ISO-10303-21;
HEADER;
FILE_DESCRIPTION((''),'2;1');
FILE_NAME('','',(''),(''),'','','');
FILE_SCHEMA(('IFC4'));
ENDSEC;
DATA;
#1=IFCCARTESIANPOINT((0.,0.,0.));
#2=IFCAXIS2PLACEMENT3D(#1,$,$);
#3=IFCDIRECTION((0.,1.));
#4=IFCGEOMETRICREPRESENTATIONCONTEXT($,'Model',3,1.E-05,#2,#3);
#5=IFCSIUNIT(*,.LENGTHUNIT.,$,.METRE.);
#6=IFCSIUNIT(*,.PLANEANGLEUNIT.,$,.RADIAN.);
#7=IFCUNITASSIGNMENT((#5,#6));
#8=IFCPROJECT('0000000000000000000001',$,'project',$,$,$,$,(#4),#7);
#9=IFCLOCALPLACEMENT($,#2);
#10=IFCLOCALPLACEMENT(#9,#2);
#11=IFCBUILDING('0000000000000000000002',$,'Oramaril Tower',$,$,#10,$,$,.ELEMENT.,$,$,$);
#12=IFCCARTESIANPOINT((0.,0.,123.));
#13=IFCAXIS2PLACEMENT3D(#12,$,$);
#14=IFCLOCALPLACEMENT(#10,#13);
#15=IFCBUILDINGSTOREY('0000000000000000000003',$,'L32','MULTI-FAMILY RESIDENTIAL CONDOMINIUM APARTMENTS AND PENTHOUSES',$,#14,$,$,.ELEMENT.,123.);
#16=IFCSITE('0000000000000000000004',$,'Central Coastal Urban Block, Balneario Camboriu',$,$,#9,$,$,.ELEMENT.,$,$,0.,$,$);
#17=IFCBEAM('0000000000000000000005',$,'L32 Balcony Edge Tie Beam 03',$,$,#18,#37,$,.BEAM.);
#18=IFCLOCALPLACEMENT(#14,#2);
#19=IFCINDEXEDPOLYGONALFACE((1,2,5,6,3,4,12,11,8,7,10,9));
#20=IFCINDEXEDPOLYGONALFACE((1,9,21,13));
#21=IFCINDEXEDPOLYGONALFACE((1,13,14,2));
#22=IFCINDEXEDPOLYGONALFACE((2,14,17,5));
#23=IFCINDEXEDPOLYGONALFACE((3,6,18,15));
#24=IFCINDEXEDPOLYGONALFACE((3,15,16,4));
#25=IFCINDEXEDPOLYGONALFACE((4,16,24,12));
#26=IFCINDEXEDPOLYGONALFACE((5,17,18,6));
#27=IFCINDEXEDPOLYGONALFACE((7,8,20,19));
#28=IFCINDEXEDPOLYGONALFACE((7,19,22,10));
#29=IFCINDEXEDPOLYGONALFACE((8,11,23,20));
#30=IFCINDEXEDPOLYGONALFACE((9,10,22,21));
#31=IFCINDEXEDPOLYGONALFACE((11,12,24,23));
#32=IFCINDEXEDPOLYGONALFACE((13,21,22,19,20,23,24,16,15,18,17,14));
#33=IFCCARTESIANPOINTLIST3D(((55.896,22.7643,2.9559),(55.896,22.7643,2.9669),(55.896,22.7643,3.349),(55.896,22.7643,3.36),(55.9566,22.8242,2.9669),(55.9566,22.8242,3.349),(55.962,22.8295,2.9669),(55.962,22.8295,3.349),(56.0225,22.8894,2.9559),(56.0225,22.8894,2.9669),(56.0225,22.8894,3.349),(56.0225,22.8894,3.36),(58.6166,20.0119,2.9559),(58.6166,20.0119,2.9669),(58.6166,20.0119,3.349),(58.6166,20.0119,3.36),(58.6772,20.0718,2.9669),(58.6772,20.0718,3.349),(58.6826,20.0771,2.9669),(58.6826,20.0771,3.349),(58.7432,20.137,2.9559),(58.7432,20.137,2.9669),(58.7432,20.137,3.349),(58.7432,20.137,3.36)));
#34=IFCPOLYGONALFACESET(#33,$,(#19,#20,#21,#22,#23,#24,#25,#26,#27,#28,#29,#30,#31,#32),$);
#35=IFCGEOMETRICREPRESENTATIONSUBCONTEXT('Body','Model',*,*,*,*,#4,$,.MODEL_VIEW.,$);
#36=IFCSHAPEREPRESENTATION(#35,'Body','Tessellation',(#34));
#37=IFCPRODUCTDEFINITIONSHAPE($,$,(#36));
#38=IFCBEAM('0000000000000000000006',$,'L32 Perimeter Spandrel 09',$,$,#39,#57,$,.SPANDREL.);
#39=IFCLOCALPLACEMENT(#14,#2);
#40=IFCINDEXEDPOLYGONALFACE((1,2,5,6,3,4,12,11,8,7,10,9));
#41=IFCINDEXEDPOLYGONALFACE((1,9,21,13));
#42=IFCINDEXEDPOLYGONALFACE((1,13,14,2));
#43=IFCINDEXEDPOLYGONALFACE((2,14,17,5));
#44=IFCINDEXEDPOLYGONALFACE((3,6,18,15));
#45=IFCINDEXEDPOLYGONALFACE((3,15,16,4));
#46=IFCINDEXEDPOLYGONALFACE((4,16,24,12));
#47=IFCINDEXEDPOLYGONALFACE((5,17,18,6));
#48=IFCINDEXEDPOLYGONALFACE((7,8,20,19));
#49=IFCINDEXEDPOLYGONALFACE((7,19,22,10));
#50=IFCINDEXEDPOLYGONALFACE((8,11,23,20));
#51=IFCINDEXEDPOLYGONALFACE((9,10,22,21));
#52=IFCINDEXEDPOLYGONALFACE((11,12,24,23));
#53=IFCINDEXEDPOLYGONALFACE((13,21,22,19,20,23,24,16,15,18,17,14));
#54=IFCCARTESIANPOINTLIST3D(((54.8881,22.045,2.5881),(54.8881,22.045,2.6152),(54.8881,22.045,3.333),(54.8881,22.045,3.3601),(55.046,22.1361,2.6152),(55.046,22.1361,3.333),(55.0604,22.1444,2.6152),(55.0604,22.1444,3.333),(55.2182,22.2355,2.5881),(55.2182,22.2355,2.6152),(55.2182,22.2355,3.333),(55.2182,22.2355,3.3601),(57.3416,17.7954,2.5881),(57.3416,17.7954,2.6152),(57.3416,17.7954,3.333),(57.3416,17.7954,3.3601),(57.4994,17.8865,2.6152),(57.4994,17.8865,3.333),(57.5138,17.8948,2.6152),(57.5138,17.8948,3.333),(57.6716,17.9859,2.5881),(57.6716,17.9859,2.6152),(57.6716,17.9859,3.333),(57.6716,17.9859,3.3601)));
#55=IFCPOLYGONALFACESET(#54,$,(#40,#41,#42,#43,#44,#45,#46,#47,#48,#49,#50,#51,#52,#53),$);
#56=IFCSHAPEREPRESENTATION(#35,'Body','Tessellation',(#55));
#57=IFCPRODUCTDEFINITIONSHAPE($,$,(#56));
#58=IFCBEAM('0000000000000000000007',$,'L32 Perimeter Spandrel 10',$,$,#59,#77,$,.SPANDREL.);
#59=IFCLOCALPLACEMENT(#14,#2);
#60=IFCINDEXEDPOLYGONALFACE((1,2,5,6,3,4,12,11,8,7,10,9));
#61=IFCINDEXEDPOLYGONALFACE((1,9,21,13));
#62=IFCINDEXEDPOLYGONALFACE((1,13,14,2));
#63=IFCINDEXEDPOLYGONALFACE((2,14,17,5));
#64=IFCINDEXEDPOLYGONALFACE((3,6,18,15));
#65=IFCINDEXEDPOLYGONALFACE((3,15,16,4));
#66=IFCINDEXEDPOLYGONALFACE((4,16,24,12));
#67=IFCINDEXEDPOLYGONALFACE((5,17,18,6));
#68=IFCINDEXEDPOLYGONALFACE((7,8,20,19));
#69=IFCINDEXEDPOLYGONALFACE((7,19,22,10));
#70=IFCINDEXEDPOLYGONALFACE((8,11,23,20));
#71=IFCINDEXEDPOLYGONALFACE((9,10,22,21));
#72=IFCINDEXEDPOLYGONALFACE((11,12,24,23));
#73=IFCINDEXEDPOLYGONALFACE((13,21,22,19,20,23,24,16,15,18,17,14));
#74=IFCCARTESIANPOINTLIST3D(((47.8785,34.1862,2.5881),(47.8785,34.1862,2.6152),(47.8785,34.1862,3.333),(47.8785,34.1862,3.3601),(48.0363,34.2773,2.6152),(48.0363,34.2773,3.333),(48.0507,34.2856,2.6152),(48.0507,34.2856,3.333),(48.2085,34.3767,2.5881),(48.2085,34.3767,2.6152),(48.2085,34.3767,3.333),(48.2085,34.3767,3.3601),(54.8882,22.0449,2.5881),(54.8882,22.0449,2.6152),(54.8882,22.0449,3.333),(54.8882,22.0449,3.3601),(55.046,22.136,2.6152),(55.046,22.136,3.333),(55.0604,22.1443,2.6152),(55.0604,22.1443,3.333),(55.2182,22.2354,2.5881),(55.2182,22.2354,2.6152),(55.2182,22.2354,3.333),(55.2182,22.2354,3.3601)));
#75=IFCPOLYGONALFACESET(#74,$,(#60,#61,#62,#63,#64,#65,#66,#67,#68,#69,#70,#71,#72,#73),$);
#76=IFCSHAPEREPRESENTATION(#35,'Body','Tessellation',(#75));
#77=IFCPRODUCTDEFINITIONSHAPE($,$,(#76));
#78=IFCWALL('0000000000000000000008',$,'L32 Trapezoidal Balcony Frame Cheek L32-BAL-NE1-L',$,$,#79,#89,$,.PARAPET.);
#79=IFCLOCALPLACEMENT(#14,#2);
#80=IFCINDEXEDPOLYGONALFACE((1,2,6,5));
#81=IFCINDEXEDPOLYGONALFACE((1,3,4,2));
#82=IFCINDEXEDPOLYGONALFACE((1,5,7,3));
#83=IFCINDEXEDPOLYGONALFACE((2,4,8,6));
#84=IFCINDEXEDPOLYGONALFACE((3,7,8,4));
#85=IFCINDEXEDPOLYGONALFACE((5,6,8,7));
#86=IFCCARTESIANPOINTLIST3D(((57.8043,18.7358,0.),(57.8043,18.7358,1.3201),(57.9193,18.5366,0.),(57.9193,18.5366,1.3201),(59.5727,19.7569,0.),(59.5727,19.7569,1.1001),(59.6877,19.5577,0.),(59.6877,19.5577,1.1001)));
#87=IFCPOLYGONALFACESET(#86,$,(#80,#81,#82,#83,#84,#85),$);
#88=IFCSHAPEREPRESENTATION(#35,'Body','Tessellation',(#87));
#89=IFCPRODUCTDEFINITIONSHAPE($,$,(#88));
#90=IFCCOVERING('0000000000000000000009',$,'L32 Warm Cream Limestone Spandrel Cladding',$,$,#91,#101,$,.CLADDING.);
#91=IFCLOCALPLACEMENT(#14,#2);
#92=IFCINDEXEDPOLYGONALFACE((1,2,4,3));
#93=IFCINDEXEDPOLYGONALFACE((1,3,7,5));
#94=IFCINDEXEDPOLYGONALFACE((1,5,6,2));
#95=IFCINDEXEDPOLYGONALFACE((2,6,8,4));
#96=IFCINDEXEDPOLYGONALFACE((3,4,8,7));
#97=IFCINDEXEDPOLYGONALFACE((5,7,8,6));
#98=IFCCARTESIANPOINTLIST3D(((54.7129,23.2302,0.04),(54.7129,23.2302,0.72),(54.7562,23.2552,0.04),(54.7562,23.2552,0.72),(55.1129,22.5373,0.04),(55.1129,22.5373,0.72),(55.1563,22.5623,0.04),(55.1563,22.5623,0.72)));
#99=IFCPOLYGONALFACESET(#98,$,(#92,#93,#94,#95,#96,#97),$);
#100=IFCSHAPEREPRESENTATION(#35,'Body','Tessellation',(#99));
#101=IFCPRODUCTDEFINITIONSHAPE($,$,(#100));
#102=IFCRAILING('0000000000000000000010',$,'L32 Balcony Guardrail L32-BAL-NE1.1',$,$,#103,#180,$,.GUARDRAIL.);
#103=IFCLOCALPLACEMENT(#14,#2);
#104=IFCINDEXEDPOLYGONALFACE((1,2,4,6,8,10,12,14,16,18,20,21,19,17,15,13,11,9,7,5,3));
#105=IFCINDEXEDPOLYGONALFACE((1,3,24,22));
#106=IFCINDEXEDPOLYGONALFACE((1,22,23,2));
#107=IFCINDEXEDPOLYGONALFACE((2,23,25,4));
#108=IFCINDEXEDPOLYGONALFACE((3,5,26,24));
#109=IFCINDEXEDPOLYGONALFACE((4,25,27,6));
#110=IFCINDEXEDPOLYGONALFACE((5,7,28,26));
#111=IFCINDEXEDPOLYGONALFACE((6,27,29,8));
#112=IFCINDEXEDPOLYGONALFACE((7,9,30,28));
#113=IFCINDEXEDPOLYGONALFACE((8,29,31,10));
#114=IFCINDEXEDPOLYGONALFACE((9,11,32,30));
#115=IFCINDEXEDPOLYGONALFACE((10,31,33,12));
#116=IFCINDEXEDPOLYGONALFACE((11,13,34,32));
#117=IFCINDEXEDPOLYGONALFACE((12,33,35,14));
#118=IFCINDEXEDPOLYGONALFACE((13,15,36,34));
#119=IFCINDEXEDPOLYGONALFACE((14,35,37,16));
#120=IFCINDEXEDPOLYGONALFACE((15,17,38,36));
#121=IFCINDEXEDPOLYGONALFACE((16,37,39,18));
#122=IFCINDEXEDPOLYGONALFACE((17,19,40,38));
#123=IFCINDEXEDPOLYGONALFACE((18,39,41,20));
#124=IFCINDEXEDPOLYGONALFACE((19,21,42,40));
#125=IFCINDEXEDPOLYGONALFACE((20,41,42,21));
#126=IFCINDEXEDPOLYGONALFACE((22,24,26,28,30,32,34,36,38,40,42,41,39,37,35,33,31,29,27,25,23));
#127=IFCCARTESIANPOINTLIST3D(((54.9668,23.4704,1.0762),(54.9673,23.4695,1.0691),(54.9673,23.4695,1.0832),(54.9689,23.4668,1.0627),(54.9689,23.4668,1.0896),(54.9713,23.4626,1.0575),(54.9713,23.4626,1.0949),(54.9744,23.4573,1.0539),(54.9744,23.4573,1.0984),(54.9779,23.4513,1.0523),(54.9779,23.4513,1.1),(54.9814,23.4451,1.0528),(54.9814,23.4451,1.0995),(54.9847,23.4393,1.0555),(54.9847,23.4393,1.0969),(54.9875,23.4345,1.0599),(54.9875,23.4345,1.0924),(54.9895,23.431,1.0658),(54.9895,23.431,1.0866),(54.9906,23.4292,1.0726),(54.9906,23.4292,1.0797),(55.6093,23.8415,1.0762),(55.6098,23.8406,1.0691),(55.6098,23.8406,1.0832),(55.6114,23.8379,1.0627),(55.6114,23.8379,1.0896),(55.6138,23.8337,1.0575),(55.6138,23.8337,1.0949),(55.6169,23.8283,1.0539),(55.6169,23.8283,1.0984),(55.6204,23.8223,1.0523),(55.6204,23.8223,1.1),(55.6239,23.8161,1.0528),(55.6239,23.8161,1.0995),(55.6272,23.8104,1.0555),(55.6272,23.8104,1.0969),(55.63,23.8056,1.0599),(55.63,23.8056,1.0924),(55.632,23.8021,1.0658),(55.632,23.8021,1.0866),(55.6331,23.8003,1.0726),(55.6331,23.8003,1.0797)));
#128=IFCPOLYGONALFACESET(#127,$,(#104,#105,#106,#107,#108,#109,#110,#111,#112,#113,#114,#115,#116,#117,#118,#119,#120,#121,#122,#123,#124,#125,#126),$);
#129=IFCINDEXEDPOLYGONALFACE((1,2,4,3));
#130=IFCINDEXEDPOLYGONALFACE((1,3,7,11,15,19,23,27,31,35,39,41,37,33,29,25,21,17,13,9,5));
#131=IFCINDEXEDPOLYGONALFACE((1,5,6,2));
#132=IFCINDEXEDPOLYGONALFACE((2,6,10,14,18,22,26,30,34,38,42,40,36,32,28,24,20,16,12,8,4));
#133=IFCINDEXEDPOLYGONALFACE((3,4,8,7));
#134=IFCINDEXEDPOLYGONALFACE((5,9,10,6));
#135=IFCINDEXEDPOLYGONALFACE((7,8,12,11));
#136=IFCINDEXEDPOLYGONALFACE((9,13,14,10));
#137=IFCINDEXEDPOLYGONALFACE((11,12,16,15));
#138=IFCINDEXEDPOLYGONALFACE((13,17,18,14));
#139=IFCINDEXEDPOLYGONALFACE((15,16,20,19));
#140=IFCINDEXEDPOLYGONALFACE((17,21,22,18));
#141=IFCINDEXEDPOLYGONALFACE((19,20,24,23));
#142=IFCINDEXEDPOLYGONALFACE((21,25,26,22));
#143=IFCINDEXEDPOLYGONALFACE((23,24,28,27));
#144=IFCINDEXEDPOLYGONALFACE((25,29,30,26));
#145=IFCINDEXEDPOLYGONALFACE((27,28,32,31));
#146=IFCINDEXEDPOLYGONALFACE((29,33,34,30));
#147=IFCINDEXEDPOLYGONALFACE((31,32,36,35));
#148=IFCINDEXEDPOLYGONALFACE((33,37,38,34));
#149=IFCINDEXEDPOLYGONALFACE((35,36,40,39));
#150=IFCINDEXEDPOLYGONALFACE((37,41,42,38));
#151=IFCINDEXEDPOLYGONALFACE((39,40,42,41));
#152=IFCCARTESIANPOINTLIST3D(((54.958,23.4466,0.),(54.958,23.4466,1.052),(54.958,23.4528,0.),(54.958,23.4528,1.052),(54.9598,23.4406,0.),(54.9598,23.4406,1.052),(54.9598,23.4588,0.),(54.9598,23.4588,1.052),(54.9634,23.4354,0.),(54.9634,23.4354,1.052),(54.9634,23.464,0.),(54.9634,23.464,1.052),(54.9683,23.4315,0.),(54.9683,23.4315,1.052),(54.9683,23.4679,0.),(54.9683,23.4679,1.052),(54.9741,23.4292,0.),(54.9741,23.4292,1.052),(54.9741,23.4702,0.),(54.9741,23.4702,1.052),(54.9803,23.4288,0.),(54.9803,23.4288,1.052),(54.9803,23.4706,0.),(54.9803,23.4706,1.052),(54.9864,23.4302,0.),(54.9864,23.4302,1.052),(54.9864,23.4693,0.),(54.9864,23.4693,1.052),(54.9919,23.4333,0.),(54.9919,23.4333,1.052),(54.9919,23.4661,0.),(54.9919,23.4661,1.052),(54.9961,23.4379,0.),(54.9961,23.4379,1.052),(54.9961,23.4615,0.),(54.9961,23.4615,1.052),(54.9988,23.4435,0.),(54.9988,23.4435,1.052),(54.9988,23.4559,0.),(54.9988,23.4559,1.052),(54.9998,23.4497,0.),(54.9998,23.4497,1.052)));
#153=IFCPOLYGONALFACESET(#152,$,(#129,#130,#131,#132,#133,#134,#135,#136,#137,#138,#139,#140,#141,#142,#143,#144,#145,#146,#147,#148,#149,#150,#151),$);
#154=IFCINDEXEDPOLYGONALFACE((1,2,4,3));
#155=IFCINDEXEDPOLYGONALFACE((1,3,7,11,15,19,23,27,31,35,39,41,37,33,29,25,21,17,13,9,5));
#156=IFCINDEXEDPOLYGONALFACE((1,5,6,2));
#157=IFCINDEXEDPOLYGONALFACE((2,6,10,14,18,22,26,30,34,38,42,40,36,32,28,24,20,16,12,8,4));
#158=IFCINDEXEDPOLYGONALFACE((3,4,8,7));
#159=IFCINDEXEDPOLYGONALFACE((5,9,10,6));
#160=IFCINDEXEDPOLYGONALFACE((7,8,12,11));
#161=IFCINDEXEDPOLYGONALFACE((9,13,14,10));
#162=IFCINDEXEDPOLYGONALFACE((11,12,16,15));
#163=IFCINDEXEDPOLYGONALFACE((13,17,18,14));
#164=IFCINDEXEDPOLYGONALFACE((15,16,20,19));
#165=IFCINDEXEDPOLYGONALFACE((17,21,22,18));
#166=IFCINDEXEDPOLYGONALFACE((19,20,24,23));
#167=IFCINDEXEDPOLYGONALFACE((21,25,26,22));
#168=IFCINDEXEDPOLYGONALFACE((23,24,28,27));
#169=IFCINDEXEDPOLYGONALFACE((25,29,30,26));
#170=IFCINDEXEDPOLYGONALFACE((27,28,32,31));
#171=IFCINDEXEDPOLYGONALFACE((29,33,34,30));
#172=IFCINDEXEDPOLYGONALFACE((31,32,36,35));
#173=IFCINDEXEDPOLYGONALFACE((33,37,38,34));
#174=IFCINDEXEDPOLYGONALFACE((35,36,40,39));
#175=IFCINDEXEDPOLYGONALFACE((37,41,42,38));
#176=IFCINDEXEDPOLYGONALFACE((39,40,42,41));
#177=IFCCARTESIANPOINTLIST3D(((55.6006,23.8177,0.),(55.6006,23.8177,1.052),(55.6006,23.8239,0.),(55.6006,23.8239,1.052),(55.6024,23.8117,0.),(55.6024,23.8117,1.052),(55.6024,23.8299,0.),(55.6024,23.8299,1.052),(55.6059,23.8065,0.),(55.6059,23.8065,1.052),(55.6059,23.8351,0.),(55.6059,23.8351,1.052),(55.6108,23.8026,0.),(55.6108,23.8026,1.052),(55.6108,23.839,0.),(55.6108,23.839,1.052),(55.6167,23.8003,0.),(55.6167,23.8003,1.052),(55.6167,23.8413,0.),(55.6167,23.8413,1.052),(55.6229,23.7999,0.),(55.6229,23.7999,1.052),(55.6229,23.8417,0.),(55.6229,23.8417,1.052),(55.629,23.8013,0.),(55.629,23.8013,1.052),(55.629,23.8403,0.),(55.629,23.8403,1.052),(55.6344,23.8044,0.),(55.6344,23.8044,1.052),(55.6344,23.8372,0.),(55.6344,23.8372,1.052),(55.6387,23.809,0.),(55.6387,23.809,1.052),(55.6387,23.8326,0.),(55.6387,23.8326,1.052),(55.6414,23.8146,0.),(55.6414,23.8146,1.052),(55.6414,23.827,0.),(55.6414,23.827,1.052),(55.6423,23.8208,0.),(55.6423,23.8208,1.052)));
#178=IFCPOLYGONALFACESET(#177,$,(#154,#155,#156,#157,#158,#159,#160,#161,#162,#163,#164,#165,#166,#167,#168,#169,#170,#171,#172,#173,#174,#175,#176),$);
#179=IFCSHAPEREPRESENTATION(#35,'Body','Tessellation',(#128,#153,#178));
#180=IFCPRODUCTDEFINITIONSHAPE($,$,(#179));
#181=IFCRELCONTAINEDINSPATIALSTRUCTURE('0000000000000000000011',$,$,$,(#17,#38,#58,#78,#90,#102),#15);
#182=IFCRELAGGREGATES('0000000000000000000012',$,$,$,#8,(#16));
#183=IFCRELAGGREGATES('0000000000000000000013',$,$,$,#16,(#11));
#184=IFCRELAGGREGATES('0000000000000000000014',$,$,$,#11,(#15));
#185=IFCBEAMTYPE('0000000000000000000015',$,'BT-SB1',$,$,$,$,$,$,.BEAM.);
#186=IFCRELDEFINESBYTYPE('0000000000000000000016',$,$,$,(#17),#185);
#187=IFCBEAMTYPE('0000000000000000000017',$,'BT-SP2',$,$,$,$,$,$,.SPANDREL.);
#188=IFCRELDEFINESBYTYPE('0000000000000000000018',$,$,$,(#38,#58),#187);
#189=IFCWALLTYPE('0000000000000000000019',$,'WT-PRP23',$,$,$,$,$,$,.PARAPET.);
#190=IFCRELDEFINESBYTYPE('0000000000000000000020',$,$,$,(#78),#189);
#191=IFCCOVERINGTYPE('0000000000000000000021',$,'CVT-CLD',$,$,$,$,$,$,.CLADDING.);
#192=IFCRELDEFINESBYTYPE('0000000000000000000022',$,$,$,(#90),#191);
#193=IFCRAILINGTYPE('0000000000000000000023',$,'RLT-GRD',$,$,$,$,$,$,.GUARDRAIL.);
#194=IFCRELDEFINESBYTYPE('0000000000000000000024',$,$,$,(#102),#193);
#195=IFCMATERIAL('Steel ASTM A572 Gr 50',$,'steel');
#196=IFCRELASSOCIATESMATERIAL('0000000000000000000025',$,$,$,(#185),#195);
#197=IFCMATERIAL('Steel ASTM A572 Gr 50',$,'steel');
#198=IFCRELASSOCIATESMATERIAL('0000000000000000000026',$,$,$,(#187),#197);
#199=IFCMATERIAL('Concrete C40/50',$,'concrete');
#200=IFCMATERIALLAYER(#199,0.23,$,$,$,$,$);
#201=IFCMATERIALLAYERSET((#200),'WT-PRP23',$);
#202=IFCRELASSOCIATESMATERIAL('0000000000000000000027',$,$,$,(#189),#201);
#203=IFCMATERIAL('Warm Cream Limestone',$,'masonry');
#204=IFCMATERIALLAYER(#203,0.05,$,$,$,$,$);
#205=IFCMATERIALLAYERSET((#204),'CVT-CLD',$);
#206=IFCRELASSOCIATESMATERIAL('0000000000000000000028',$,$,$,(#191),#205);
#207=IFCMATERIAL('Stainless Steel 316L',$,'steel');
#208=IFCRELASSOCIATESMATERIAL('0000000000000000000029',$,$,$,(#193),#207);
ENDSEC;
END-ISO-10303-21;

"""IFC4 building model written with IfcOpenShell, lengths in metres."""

from ifc_helpers import new_model, si_unit, direction, frame, origin, origin_2d, place, context, subcontext, project, spatial, polyline, rectangle, circle, i_section, outline, extrude, material, layer, layer_set, material_profile, profile_set, type_object, element, save


model = new_model("IFC4")

# Units and contexts
model_context = context("Model", 3, precision=1e-05, world=origin(), true_north=direction((0.0, 1.0)))
body_context = subcontext(model_context, "Body", "Model", "MODEL_VIEW")
ifc_project = project(units=[si_unit("LENGTHUNIT", "METRE"), si_unit("PLANEANGLEUNIT", "RADIAN")], contexts=[model_context])

# Site, building, storey
site_placement = place(None, origin())
site = spatial("IfcSite", under=ifc_project, at=site_placement, Name="Central Coastal Urban Block, Balneario Camboriu", CompositionType="ELEMENT", RefElevation=0.0)
building_placement = place(site_placement, origin())
building = spatial("IfcBuilding", under=site, at=building_placement, Name="Oramaril Tower", CompositionType="ELEMENT")
storey_placement = place(building_placement, frame((0.0, 0.0, 123.0)))
storey = spatial("IfcBuildingStorey", under=building, at=storey_placement, Name="L32", Description="MULTI-FAMILY RESIDENTIAL CONDOMINIUM APARTMENTS AND PENTHOUSES", CompositionType="ELEMENT", Elevation=123.0)

# Beams
ifc_material_1 = material(Name="Steel ASTM A572 Gr 50", Category="steel")
ifc_material_profile_1 = material_profile(ifc_material_1, i_section(OverallWidth=0.178, OverallDepth=0.4041, WebThickness=0.0076, FlangeThickness=0.011, at=origin_2d()), Name="W16X36")
ifc_profile_set_1 = profile_set([ifc_material_profile_1], Name="Steel ASTM A572 Gr 50")
beam_type_1 = type_object("IfcBeamType", Name="BT-SB1", PredefinedType="BEAM", material=ifc_profile_set_1)
beam_1_placement = place(storey_placement, frame((58.6799, 20.0745, 3.158), z_axis=(-0.702995, 0.711195, 0.0), x_axis=(-0.711195, -0.702995, 0.0)))
element("IfcBeam", 1, at=beam_1_placement, inside=storey, type_object=beam_type_1, Name="L32 Balcony Edge Tie Beam 03", PredefinedType="BEAM", context=body_context, shape_type="SweptSolid", body=[
    extrude(i_section(OverallWidth=0.178, OverallDepth=0.4041, WebThickness=0.0076, FlangeThickness=0.011, at=origin_2d()), origin(), (0.0, 0.0, 1.0), 3.8701),
])
ifc_material_2 = material(Name="Steel ASTM A572 Gr 50", Category="steel")
ifc_material_profile_2 = material_profile(ifc_material_2, i_section(OverallWidth=0.3811, OverallDepth=0.772, WebThickness=0.0166, FlangeThickness=0.0271, at=origin_2d()), Name="W30X173")
ifc_profile_set_2 = profile_set([ifc_material_profile_2], Name="Steel ASTM A572 Gr 50")
beam_type_2 = type_object("IfcBeamType", Name="BT-SP2", PredefinedType="SPANDREL", material=ifc_profile_set_2)
beam_2_placement = place(storey_placement, frame((57.5066, 17.8906, 2.9741), z_axis=(-0.499987, 0.866033, 0.0), x_axis=(-0.866033, -0.499987, 0.0)))
element("IfcBeam", 2, at=beam_2_placement, inside=storey, type_object=beam_type_2, Name="L32 Perimeter Spandrel 09", PredefinedType="SPANDREL", context=body_context, shape_type="SweptSolid", body=[
    extrude(i_section(OverallWidth=0.3811, OverallDepth=0.772, WebThickness=0.0166, FlangeThickness=0.0271, at=origin_2d()), origin(), (0.0, 0.0, 1.0), 4.907),
])
beam_3_placement = place(storey_placement, frame((55.0532, 22.1401, 2.9741), z_axis=(-0.499997, 0.866027, 0.0), x_axis=(-0.866027, -0.499997, 0.0)))
element("IfcBeam", 3, at=beam_3_placement, inside=storey, type_object=beam_type_2, Name="L32 Perimeter Spandrel 10", PredefinedType="SPANDREL", context=body_context, shape_type="SweptSolid", body=[
    extrude(i_section(OverallWidth=0.3811, OverallDepth=0.772, WebThickness=0.0166, FlangeThickness=0.0271, at=origin_2d()), origin(), (0.0, 0.0, 1.0), 14.0195),
])

# Wall
ifc_material_3 = material(Name="Concrete C40/50", Category="concrete")
ifc_layer_1 = layer(ifc_material_3, 0.23)
ifc_layer_set_1 = layer_set([ifc_layer_1], Name="WT-PRP23")
wall_type = type_object("IfcWallType", Name="WT-PRP23", PredefinedType="PARAPET", material=ifc_layer_set_1)
wall_placement = place(storey_placement, frame((57.8618, 18.6362, 0.0), z_axis=(0.0, 0.0, 1.0), x_axis=(0.866012, 0.500023, 0.0)))
element("IfcWall", 4, at=wall_placement, inside=storey, type_object=wall_type, Name="L32 Trapezoidal Balcony Frame Cheek L32-BAL-NE1-L", PredefinedType="PARAPET", context=body_context, shape_type="SweptSolid", body=[
    extrude(outline(polyline([(0.0, 0.0), (2.042, 0.0), (2.042, 1.1001), (0.0, 1.3201), (0.0, 0.0)])), frame((0.0, 0.115, 0.0), z_axis=(0.0, -1.0, 0.0), x_axis=(1.0, 0.0, 0.0)), (0.0, 0.0, 1.0), 0.23),
])

# Covering
ifc_material_4 = material(Name="Warm Cream Limestone", Category="masonry")
ifc_layer_2 = layer(ifc_material_4, 0.05)
ifc_layer_set_2 = layer_set([ifc_layer_2], Name="CVT-CLD")
covering_type = type_object("IfcCoveringType", Name="CVT-CLD", PredefinedType="CLADDING", material=ifc_layer_set_2)
covering_placement = place(storey_placement, frame((54.9346, 22.8962, 0.04), z_axis=(0.0, 0.0, 1.0), x_axis=(-0.499998, 0.866026, 0.0)))
element("IfcCovering", 5, at=covering_placement, inside=storey, type_object=covering_type, Name="L32 Warm Cream Limestone Spandrel Cladding", PredefinedType="CLADDING", context=body_context, shape_type="SweptSolid", body=[
    extrude(rectangle(XDim=0.8, YDim=0.05, at=origin_2d()), origin(), (0.0, 0.0, 1.0), 0.6799),
])

# Railing
ifc_material_5 = material(Name="Stainless Steel 316L", Category="steel")
railing_type = type_object("IfcRailingType", Name="RLT-GRD", PredefinedType="GUARDRAIL", material=ifc_material_5)
railing_1_placement = place(storey_placement, frame((54.9788, 23.4497, 0.0)))
element("IfcRailing", 6, at=railing_1_placement, inside=storey, type_object=railing_type, Name="L32 Balcony Guardrail L32-BAL-NE1.1", PredefinedType="GUARDRAIL", context=body_context, shape_type="SweptSolid", body=[
    extrude(circle(Radius=0.0239, at=origin_2d()), frame((0.0, 0.0, 1.0762), z_axis=(0.865966, 0.500102, 0.0), x_axis=(-0.500102, 0.865966, 0.0)), (0.0, 0.0, 1.0), 0.7419),
    extrude(circle(Radius=0.021, at=origin_2d()), origin(), (0.0, 0.0, 1.0), 1.052),
    extrude(circle(Radius=0.021, at=origin_2d()), frame((0.6426, 0.3711, 0.0)), (0.0, 0.0, 1.0), 1.052),
])

save(model, "model.ifc")
